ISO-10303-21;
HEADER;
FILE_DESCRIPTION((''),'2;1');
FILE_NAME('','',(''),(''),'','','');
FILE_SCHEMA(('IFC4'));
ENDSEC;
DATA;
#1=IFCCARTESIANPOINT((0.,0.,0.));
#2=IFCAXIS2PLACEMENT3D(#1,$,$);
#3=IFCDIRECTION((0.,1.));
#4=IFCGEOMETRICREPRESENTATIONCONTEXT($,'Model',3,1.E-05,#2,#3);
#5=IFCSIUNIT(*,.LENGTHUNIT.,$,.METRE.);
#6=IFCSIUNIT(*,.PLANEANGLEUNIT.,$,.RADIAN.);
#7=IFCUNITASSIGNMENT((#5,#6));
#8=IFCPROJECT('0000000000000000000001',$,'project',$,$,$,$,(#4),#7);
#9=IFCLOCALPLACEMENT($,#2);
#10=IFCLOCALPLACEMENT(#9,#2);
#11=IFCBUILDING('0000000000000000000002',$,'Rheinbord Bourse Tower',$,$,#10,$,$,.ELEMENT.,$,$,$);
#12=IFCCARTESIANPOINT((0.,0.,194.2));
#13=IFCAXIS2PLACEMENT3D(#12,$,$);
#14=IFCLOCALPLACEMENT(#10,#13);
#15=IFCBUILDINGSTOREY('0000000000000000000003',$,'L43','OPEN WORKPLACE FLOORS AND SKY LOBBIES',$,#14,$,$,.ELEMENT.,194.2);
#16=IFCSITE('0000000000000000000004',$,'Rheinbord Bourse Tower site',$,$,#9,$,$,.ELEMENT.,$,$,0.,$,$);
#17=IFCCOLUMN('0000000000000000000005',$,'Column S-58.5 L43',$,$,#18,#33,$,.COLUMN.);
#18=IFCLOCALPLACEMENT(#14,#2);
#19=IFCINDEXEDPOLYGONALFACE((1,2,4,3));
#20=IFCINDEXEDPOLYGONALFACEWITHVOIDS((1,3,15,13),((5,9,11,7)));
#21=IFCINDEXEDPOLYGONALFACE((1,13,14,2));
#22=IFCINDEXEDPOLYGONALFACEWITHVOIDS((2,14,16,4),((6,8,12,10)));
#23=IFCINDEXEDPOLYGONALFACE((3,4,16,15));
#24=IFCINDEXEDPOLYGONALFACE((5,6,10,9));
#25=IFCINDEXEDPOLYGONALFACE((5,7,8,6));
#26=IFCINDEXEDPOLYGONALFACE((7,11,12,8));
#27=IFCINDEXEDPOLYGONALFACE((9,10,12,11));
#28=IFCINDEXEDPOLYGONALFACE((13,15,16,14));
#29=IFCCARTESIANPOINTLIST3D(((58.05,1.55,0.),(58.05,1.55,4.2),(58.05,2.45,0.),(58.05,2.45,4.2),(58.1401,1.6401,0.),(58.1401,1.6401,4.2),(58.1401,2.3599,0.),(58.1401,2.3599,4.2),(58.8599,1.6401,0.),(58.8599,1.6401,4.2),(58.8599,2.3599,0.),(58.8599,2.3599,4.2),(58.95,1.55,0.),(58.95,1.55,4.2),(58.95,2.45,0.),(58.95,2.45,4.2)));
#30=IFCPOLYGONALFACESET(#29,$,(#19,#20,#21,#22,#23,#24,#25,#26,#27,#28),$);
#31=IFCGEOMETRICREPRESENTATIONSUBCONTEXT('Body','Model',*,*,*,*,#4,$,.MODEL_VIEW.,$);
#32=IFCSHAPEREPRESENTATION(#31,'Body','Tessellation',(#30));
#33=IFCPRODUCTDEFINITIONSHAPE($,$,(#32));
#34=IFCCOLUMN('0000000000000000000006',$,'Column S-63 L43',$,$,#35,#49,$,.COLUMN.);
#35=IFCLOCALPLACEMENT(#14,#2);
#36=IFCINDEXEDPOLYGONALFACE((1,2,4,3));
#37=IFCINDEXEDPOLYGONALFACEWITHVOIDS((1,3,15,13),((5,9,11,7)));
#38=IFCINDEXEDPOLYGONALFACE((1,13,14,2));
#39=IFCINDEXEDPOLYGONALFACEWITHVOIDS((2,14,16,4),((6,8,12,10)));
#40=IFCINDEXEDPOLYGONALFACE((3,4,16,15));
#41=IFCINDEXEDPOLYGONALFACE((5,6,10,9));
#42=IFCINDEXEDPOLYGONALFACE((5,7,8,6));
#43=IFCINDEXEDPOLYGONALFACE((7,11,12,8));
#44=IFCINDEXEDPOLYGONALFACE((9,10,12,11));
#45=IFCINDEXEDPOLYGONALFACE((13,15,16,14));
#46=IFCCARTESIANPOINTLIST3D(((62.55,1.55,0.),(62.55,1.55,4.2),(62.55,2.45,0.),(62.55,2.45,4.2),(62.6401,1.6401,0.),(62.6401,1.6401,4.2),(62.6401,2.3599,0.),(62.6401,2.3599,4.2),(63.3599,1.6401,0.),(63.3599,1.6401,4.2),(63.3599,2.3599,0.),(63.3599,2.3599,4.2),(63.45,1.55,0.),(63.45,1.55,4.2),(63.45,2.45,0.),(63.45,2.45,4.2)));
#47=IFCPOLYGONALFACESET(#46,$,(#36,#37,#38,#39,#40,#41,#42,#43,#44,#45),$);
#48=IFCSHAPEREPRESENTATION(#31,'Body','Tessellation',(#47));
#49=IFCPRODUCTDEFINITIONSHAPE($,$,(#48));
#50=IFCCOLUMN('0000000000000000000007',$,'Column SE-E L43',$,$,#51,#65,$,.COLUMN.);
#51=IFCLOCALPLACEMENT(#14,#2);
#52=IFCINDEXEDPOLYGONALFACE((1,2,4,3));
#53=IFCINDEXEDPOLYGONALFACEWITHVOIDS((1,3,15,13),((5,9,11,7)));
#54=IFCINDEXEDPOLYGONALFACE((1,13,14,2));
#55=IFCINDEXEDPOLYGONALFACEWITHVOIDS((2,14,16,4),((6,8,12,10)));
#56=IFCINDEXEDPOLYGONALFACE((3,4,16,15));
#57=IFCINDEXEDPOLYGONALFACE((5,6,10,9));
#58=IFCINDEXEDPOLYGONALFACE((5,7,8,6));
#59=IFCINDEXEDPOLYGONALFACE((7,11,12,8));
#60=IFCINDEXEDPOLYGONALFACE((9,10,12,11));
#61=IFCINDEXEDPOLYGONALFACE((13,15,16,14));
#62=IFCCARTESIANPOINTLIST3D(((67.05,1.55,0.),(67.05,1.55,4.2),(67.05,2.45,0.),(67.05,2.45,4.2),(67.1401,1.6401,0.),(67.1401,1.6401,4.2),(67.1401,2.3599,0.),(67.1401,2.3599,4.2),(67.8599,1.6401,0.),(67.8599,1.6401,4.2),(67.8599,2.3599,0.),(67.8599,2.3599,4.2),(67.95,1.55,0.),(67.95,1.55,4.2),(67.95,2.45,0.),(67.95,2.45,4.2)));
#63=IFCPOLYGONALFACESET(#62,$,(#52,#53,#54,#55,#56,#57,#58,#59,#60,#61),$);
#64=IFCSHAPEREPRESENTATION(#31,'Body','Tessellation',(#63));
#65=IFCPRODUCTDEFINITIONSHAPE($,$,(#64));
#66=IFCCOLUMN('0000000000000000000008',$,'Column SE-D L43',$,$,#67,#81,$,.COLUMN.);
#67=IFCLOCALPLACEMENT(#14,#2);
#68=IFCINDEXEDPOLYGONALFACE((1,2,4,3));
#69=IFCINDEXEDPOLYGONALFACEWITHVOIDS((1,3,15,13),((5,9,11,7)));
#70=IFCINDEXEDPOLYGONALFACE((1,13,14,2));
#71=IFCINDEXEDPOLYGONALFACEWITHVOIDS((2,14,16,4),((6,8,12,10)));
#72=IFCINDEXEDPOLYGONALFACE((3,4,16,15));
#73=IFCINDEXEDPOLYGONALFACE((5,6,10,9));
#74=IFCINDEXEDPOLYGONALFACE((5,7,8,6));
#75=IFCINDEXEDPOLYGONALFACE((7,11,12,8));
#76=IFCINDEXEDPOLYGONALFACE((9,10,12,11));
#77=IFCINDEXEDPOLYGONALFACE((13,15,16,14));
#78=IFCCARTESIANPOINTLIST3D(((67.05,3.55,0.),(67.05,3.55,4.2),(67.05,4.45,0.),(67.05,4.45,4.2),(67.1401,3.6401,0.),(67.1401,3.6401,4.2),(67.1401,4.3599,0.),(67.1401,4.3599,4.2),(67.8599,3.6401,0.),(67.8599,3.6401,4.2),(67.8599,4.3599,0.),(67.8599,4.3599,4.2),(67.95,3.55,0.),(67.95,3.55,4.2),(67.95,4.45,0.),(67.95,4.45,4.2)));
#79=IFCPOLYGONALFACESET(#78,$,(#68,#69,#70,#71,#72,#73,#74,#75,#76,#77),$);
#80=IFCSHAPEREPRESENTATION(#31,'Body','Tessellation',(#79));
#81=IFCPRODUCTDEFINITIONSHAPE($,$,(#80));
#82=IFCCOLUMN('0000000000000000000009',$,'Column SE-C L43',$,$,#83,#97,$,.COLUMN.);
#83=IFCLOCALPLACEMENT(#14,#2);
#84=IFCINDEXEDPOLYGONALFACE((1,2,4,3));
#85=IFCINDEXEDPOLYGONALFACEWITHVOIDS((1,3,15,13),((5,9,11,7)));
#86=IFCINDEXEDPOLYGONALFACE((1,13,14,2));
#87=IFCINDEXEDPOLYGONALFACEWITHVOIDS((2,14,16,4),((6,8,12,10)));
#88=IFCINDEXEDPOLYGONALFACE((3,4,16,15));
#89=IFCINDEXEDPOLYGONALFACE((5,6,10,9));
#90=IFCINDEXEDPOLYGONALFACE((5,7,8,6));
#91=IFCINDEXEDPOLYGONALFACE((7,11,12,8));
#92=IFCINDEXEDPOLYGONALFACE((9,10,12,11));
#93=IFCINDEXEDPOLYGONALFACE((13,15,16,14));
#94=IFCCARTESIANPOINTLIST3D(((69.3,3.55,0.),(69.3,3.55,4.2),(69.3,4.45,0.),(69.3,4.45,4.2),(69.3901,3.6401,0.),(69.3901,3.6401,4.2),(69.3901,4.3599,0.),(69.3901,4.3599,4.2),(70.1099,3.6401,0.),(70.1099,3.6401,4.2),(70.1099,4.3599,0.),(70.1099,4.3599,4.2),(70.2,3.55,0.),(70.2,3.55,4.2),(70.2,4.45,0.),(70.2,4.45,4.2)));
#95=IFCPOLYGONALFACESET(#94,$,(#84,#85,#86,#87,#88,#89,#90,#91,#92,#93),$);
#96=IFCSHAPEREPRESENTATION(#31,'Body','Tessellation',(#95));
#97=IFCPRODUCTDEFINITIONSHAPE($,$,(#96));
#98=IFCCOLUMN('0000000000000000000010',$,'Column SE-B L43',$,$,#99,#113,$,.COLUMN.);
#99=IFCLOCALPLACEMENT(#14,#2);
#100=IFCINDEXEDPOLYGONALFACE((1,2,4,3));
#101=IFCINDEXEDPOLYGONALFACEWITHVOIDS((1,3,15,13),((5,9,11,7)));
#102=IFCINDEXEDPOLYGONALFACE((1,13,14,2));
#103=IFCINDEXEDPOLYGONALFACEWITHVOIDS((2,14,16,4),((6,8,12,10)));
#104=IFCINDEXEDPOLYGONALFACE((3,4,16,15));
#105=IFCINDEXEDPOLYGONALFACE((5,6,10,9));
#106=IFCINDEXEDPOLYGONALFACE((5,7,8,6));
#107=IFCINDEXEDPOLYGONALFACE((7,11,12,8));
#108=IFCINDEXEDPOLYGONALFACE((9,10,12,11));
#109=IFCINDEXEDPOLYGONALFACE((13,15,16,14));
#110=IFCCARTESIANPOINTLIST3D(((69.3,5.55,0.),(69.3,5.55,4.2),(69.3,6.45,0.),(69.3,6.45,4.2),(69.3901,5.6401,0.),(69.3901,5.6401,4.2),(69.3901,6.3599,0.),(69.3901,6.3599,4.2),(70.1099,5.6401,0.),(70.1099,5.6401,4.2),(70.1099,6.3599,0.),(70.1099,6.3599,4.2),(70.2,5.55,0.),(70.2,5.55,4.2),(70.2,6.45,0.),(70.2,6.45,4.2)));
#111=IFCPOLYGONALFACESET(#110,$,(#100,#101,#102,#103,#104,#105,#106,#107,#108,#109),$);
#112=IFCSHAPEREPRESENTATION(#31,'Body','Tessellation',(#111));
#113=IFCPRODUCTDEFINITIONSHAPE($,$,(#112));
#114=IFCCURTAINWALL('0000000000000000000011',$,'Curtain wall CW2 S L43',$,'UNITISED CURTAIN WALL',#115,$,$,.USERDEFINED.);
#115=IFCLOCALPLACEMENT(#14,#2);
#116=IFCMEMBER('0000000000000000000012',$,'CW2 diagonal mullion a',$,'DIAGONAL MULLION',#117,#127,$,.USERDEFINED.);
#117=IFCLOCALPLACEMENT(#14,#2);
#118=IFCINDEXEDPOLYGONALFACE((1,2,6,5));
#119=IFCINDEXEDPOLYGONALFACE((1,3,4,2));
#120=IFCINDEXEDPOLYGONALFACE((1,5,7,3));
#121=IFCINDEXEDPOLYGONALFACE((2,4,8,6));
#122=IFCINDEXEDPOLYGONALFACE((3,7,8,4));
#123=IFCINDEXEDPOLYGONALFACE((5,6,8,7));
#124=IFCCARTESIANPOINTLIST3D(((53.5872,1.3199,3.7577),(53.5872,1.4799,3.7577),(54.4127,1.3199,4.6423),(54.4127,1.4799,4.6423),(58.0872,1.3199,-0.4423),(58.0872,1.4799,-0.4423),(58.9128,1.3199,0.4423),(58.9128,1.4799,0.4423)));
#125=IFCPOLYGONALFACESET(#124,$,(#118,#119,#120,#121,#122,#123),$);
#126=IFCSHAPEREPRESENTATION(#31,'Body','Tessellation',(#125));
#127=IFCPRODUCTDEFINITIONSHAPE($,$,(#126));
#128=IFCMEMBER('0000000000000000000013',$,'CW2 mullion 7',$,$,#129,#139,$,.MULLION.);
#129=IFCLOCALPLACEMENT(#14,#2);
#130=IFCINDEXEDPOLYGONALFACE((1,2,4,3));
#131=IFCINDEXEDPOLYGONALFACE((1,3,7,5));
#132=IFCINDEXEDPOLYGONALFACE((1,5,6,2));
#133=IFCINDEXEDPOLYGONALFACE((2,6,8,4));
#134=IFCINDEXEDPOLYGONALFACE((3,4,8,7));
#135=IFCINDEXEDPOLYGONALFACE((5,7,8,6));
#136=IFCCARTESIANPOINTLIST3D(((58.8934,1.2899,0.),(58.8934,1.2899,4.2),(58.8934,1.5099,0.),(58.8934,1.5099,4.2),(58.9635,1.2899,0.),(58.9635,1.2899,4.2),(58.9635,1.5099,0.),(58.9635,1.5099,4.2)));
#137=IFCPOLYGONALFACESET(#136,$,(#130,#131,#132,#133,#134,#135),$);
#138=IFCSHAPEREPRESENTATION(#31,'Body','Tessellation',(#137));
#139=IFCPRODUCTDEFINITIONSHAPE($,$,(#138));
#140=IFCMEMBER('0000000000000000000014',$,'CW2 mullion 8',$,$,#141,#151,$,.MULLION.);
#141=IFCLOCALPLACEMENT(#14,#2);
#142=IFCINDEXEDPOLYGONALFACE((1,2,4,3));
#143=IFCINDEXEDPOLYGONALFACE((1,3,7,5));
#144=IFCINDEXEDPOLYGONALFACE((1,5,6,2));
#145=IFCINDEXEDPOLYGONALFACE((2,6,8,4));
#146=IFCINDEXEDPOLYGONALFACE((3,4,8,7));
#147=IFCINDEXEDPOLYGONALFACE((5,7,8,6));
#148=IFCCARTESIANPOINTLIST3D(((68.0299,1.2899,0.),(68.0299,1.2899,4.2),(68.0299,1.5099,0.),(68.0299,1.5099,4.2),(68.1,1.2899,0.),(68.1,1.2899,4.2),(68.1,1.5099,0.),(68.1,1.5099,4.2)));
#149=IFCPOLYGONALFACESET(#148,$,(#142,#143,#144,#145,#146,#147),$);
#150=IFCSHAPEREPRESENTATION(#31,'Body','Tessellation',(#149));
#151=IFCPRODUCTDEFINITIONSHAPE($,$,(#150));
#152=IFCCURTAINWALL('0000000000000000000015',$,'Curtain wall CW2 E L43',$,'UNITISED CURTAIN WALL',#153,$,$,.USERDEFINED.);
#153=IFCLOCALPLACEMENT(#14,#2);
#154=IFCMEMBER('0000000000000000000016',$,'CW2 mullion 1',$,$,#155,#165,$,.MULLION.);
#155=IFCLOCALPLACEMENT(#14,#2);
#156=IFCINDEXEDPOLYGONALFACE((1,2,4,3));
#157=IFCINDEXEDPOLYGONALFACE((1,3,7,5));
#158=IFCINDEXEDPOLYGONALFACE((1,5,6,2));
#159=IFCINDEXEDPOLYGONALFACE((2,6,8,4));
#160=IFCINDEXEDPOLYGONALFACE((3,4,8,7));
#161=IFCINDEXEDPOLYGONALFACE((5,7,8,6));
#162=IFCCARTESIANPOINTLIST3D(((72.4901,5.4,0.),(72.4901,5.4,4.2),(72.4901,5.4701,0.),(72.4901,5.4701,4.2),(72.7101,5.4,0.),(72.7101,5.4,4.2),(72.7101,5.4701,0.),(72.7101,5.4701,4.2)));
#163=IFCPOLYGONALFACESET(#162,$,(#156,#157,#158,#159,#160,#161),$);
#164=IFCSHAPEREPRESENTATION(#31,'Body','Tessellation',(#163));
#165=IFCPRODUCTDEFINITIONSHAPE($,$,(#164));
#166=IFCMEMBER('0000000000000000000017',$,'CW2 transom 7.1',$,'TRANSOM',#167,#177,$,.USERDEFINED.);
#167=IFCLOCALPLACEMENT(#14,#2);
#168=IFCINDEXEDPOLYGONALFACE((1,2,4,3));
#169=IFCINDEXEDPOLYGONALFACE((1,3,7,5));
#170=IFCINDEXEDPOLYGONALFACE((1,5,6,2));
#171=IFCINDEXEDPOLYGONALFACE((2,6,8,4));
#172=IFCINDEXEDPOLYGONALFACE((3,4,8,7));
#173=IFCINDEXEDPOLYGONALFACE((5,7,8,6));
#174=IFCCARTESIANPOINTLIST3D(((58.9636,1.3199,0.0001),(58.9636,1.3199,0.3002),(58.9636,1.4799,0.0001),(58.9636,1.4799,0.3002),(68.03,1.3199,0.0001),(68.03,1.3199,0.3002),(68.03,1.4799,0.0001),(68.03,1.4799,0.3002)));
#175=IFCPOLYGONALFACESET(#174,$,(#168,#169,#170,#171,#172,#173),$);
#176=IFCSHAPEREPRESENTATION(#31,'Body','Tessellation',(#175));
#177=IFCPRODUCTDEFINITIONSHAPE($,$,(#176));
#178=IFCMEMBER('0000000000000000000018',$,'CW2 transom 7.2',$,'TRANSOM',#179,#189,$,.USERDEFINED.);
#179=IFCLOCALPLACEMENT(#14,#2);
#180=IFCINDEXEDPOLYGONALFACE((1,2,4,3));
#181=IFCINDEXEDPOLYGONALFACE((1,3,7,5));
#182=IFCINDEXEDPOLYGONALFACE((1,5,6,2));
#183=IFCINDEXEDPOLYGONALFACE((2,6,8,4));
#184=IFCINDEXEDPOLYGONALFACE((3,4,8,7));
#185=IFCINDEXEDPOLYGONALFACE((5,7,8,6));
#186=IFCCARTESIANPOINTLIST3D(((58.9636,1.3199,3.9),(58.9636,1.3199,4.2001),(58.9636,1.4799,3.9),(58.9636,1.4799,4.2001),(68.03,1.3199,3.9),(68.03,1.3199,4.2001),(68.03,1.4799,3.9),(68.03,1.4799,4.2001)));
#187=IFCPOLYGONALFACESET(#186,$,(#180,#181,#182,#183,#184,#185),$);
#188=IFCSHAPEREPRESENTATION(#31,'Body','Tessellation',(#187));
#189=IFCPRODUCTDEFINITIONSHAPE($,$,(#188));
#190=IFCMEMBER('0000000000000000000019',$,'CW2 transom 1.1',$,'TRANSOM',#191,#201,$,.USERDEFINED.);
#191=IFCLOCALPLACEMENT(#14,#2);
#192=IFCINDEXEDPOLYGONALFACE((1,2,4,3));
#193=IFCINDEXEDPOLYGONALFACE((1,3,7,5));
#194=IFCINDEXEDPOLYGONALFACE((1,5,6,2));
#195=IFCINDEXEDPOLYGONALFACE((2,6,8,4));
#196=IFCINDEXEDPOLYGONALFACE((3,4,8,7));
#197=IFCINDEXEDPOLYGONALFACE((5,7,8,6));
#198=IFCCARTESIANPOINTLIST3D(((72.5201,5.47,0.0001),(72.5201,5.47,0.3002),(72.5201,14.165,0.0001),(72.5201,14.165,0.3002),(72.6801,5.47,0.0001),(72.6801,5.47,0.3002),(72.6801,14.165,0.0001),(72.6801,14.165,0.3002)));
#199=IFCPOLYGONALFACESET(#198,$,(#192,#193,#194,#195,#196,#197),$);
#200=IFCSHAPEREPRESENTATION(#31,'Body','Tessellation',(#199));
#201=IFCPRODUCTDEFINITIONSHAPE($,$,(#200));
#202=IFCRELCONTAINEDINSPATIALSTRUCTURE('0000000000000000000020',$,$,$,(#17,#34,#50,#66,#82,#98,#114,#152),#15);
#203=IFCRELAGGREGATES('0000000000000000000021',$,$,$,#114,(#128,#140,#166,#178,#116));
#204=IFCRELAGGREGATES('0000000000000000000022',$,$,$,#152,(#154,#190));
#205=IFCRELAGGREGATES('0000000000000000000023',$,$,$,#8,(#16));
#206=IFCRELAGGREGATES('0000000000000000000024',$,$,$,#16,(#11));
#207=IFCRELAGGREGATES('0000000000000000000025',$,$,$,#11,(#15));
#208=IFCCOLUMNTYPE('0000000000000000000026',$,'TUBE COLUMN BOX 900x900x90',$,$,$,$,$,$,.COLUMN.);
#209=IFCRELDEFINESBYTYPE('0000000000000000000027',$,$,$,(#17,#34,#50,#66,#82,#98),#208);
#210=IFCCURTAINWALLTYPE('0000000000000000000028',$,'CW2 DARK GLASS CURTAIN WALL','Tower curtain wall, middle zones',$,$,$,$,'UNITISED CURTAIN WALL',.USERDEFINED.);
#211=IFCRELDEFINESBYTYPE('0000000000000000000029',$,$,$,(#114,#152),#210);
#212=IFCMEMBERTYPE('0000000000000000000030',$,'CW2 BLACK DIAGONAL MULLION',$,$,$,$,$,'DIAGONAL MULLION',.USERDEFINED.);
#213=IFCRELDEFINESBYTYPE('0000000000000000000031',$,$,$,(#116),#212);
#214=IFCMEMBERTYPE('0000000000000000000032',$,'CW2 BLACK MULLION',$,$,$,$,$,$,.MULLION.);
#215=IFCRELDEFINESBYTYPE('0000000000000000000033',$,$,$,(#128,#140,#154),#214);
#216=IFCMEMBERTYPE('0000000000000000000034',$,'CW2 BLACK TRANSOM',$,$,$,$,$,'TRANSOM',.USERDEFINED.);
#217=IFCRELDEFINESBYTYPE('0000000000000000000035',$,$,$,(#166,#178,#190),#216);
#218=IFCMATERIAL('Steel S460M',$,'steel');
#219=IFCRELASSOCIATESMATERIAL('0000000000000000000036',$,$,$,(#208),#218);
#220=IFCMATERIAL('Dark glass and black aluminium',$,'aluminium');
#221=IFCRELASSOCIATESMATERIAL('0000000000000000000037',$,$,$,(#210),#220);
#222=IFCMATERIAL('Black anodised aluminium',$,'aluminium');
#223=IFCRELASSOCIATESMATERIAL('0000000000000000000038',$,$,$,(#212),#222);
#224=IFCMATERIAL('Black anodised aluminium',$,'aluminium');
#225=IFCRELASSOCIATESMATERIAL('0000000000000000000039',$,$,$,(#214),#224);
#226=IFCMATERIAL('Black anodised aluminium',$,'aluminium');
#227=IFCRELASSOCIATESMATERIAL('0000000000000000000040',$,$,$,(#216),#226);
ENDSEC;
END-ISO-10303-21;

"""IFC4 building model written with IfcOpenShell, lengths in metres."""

from ifc_helpers import new_model, si_unit, direction, frame, origin, origin_2d, place, context, subcontext, project, spatial, rectangle, hollow_rectangle, extrude, material, material_profile, profile_set, type_object, element, aggregate, save


model = new_model("IFC4")

# Units and contexts
model_context = context("Model", 3, precision=1e-05, world=origin(), true_north=direction((0.0, 1.0)))
body_context = subcontext(model_context, "Body", "Model", "MODEL_VIEW")
ifc_project = project(units=[si_unit("LENGTHUNIT", "METRE"), si_unit("PLANEANGLEUNIT", "RADIAN")], contexts=[model_context])

# Site, building, storey
site_placement = place(None, origin())
site = spatial("IfcSite", under=ifc_project, at=site_placement, Name="Rheinbord Bourse Tower site", CompositionType="ELEMENT", RefElevation=0.0)
building_placement = place(site_placement, origin())
building = spatial("IfcBuilding", under=site, at=building_placement, Name="Rheinbord Bourse Tower", CompositionType="ELEMENT")
storey_placement = place(building_placement, frame((0.0, 0.0, 194.2)))
storey = spatial("IfcBuildingStorey", under=building, at=storey_placement, Name="L43", Description="OPEN WORKPLACE FLOORS AND SKY LOBBIES", CompositionType="ELEMENT", Elevation=194.2)

# Columns
ifc_material_1 = material(Name="Steel S460M", Category="steel")
ifc_material_profile_1 = material_profile(ifc_material_1, hollow_rectangle(XDim=0.8999, YDim=0.8999, WallThickness=0.0901, at=origin_2d()), Name="BOX 900x900x90")
ifc_profile_set_1 = profile_set([ifc_material_profile_1], Name="Steel S460M")
column_type = type_object("IfcColumnType", Name="TUBE COLUMN BOX 900x900x90", PredefinedType="COLUMN", material=ifc_profile_set_1)
for number, where, z_axis, x_axis, name in (
    (1, (58.5, 2.0, 0.0), (0.0, 0.0, 1.0), (0.0, 1.0, 0.0), "Column S-58.5 L43"),
    (2, (63.0, 2.0, 0.0), (0.0, 0.0, 1.0), (0.0, 1.0, 0.0), "Column S-63 L43"),
    (3, (67.5, 2.0, 0.0), (0.0, 0.0, 1.0), (0.0, 1.0, 0.0), "Column SE-E L43"),
    (4, (67.5, 4.0, 0.0), (0.0, 0.0, 1.0), (0.0, 1.0, 0.0), "Column SE-D L43"),
    (5, (69.75, 4.0, 0.0), (0.0, 0.0, 1.0), (1.0, 0.0, 0.0), "Column SE-C L43"),
    (6, (69.75, 6.0, 0.0), (0.0, 0.0, 1.0), (1.0, 0.0, 0.0), "Column SE-B L43"),
):
    element("IfcColumn", number, at=place(storey_placement, frame(where, z_axis=z_axis, x_axis=x_axis)), inside=storey, type_object=column_type, Name=name, PredefinedType="COLUMN", context=body_context, shape_type="SweptSolid", body=[
        extrude(hollow_rectangle(XDim=0.8999, YDim=0.8999, WallThickness=0.0901, at=origin_2d()), origin(), (0.0, 0.0, 1.0), 4.2),
    ])

# Curtain wall, members
ifc_material_2 = material(Name="Dark glass and black aluminium", Category="aluminium")
curtain_wall_type = type_object("IfcCurtainWallType", Name="CW2 DARK GLASS CURTAIN WALL", Description="Tower curtain wall, middle zones", ElementType="UNITISED CURTAIN WALL", PredefinedType="USERDEFINED", material=ifc_material_2)
curtain_wall_1_placement = place(storey_placement, origin())
curtain_wall_1 = element("IfcCurtainWall", 7, at=curtain_wall_1_placement, inside=storey, type_object=curtain_wall_type, Name="Curtain wall CW2 S L43", ObjectType="UNITISED CURTAIN WALL", PredefinedType="USERDEFINED")
ifc_material_3 = material(Name="Black anodised aluminium", Category="aluminium")
ifc_material_profile_2 = material_profile(ifc_material_3, rectangle(XDim=0.1599, YDim=1.21, at=origin_2d()), Name="CW2 DIAGONAL MULLION 1210x160")
ifc_profile_set_2 = profile_set([ifc_material_profile_2], Name="Black anodised aluminium")
member_type_1 = type_object("IfcMemberType", Name="CW2 BLACK DIAGONAL MULLION", ElementType="DIAGONAL MULLION", PredefinedType="USERDEFINED", material=ifc_profile_set_2)
member_1_placement = place(storey_placement, frame((58.5, 1.3999, 0.0), z_axis=(-0.731059, 0.0, 0.682314), x_axis=(0.0, -1.0, 0.0)))
member_1 = element("IfcMember", 8, at=member_1_placement, type_object=member_type_1, Name="CW2 diagonal mullion a", ObjectType="DIAGONAL MULLION", PredefinedType="USERDEFINED", context=body_context, shape_type="SweptSolid", body=[
    extrude(rectangle(XDim=0.1599, YDim=1.21, at=origin_2d()), origin(), (0.0, 0.0, 1.0), 6.1555),
])
ifc_material_4 = material(Name="Black anodised aluminium", Category="aluminium")
ifc_material_profile_3 = material_profile(ifc_material_4, rectangle(XDim=0.22, YDim=0.0701, at=origin_2d()), Name="CW2 MULLION 70x220")
ifc_profile_set_3 = profile_set([ifc_material_profile_3], Name="Black anodised aluminium")
member_type_2 = type_object("IfcMemberType", Name="CW2 BLACK MULLION", PredefinedType="MULLION", material=ifc_profile_set_3)
member_2_placement = place(storey_placement, frame((58.9285, 1.3999, 0.0), z_axis=(0.0, 0.0, 1.0), x_axis=(0.0, 1.0, 0.0)))
member_2 = element("IfcMember", 9, at=member_2_placement, type_object=member_type_2, Name="CW2 mullion 7", PredefinedType="MULLION", context=body_context, shape_type="SweptSolid", body=[
    extrude(rectangle(XDim=0.22, YDim=0.0701, at=origin_2d()), origin(), (0.0, 0.0, 1.0), 4.2),
])
member_3_placement = place(storey_placement, frame((68.0649, 1.3999, 0.0), z_axis=(0.0, 0.0, 1.0), x_axis=(0.0, 1.0, 0.0)))
member_3 = element("IfcMember", 10, at=member_3_placement, type_object=member_type_2, Name="CW2 mullion 8", PredefinedType="MULLION", context=body_context, shape_type="SweptSolid", body=[
    extrude(rectangle(XDim=0.22, YDim=0.0701, at=origin_2d()), origin(), (0.0, 0.0, 1.0), 4.2),
])

# Curtain wall, member
curtain_wall_2_placement = place(storey_placement, origin())
curtain_wall_2 = element("IfcCurtainWall", 11, at=curtain_wall_2_placement, inside=storey, type_object=curtain_wall_type, Name="Curtain wall CW2 E L43", ObjectType="UNITISED CURTAIN WALL", PredefinedType="USERDEFINED")
member_4_placement = place(storey_placement, frame((72.6001, 5.4351, 0.0), z_axis=(0.0, 0.0, 1.0), x_axis=(-1.0, 0.0, 0.0)))
member_4 = element("IfcMember", 12, at=member_4_placement, type_object=member_type_2, Name="CW2 mullion 1", PredefinedType="MULLION", context=body_context, shape_type="SweptSolid", body=[
    extrude(rectangle(XDim=0.22, YDim=0.0701, at=origin_2d()), origin(), (0.0, 0.0, 1.0), 4.2),
])

# Members
ifc_material_5 = material(Name="Black anodised aluminium", Category="aluminium")
ifc_material_profile_4 = material_profile(ifc_material_5, rectangle(XDim=0.1599, YDim=0.3, at=origin_2d()), Name="CW2 TRANSOM 300x160")
ifc_profile_set_4 = profile_set([ifc_material_profile_4], Name="Black anodised aluminium")
member_type_3 = type_object("IfcMemberType", Name="CW2 BLACK TRANSOM", ElementType="TRANSOM", PredefinedType="USERDEFINED", material=ifc_profile_set_4)
member_5_placement = place(storey_placement, frame((58.9636, 1.3999, 0.1501), z_axis=(1.0, 0.0, 0.0), x_axis=(0.0, 1.0, 0.0)))
member_5 = element("IfcMember", 13, at=member_5_placement, type_object=member_type_3, Name="CW2 transom 7.1", ObjectType="TRANSOM", PredefinedType="USERDEFINED", context=body_context, shape_type="SweptSolid", body=[
    extrude(rectangle(XDim=0.1599, YDim=0.3, at=origin_2d()), origin(), (0.0, 0.0, 1.0), 9.0664),
])
member_6_placement = place(storey_placement, frame((58.9636, 1.3999, 4.05), z_axis=(1.0, 0.0, 0.0), x_axis=(0.0, 1.0, 0.0)))
member_6 = element("IfcMember", 14, at=member_6_placement, type_object=member_type_3, Name="CW2 transom 7.2", ObjectType="TRANSOM", PredefinedType="USERDEFINED", context=body_context, shape_type="SweptSolid", body=[
    extrude(rectangle(XDim=0.1599, YDim=0.3, at=origin_2d()), origin(), (0.0, 0.0, 1.0), 9.0664),
])
member_7_placement = place(storey_placement, frame((72.6001, 5.47, 0.1501), z_axis=(0.0, 1.0, 0.0), x_axis=(-1.0, 0.0, 0.0)))
member_7 = element("IfcMember", 15, at=member_7_placement, type_object=member_type_3, Name="CW2 transom 1.1", ObjectType="TRANSOM", PredefinedType="USERDEFINED", context=body_context, shape_type="SweptSolid", body=[
    extrude(rectangle(XDim=0.1599, YDim=0.3, at=origin_2d()), origin(), (0.0, 0.0, 1.0), 8.6951),
])

aggregate(curtain_wall_1, [member_2, member_3, member_5, member_6, member_1])
aggregate(curtain_wall_2, [member_4, member_7])

save(model, "model.ifc")
